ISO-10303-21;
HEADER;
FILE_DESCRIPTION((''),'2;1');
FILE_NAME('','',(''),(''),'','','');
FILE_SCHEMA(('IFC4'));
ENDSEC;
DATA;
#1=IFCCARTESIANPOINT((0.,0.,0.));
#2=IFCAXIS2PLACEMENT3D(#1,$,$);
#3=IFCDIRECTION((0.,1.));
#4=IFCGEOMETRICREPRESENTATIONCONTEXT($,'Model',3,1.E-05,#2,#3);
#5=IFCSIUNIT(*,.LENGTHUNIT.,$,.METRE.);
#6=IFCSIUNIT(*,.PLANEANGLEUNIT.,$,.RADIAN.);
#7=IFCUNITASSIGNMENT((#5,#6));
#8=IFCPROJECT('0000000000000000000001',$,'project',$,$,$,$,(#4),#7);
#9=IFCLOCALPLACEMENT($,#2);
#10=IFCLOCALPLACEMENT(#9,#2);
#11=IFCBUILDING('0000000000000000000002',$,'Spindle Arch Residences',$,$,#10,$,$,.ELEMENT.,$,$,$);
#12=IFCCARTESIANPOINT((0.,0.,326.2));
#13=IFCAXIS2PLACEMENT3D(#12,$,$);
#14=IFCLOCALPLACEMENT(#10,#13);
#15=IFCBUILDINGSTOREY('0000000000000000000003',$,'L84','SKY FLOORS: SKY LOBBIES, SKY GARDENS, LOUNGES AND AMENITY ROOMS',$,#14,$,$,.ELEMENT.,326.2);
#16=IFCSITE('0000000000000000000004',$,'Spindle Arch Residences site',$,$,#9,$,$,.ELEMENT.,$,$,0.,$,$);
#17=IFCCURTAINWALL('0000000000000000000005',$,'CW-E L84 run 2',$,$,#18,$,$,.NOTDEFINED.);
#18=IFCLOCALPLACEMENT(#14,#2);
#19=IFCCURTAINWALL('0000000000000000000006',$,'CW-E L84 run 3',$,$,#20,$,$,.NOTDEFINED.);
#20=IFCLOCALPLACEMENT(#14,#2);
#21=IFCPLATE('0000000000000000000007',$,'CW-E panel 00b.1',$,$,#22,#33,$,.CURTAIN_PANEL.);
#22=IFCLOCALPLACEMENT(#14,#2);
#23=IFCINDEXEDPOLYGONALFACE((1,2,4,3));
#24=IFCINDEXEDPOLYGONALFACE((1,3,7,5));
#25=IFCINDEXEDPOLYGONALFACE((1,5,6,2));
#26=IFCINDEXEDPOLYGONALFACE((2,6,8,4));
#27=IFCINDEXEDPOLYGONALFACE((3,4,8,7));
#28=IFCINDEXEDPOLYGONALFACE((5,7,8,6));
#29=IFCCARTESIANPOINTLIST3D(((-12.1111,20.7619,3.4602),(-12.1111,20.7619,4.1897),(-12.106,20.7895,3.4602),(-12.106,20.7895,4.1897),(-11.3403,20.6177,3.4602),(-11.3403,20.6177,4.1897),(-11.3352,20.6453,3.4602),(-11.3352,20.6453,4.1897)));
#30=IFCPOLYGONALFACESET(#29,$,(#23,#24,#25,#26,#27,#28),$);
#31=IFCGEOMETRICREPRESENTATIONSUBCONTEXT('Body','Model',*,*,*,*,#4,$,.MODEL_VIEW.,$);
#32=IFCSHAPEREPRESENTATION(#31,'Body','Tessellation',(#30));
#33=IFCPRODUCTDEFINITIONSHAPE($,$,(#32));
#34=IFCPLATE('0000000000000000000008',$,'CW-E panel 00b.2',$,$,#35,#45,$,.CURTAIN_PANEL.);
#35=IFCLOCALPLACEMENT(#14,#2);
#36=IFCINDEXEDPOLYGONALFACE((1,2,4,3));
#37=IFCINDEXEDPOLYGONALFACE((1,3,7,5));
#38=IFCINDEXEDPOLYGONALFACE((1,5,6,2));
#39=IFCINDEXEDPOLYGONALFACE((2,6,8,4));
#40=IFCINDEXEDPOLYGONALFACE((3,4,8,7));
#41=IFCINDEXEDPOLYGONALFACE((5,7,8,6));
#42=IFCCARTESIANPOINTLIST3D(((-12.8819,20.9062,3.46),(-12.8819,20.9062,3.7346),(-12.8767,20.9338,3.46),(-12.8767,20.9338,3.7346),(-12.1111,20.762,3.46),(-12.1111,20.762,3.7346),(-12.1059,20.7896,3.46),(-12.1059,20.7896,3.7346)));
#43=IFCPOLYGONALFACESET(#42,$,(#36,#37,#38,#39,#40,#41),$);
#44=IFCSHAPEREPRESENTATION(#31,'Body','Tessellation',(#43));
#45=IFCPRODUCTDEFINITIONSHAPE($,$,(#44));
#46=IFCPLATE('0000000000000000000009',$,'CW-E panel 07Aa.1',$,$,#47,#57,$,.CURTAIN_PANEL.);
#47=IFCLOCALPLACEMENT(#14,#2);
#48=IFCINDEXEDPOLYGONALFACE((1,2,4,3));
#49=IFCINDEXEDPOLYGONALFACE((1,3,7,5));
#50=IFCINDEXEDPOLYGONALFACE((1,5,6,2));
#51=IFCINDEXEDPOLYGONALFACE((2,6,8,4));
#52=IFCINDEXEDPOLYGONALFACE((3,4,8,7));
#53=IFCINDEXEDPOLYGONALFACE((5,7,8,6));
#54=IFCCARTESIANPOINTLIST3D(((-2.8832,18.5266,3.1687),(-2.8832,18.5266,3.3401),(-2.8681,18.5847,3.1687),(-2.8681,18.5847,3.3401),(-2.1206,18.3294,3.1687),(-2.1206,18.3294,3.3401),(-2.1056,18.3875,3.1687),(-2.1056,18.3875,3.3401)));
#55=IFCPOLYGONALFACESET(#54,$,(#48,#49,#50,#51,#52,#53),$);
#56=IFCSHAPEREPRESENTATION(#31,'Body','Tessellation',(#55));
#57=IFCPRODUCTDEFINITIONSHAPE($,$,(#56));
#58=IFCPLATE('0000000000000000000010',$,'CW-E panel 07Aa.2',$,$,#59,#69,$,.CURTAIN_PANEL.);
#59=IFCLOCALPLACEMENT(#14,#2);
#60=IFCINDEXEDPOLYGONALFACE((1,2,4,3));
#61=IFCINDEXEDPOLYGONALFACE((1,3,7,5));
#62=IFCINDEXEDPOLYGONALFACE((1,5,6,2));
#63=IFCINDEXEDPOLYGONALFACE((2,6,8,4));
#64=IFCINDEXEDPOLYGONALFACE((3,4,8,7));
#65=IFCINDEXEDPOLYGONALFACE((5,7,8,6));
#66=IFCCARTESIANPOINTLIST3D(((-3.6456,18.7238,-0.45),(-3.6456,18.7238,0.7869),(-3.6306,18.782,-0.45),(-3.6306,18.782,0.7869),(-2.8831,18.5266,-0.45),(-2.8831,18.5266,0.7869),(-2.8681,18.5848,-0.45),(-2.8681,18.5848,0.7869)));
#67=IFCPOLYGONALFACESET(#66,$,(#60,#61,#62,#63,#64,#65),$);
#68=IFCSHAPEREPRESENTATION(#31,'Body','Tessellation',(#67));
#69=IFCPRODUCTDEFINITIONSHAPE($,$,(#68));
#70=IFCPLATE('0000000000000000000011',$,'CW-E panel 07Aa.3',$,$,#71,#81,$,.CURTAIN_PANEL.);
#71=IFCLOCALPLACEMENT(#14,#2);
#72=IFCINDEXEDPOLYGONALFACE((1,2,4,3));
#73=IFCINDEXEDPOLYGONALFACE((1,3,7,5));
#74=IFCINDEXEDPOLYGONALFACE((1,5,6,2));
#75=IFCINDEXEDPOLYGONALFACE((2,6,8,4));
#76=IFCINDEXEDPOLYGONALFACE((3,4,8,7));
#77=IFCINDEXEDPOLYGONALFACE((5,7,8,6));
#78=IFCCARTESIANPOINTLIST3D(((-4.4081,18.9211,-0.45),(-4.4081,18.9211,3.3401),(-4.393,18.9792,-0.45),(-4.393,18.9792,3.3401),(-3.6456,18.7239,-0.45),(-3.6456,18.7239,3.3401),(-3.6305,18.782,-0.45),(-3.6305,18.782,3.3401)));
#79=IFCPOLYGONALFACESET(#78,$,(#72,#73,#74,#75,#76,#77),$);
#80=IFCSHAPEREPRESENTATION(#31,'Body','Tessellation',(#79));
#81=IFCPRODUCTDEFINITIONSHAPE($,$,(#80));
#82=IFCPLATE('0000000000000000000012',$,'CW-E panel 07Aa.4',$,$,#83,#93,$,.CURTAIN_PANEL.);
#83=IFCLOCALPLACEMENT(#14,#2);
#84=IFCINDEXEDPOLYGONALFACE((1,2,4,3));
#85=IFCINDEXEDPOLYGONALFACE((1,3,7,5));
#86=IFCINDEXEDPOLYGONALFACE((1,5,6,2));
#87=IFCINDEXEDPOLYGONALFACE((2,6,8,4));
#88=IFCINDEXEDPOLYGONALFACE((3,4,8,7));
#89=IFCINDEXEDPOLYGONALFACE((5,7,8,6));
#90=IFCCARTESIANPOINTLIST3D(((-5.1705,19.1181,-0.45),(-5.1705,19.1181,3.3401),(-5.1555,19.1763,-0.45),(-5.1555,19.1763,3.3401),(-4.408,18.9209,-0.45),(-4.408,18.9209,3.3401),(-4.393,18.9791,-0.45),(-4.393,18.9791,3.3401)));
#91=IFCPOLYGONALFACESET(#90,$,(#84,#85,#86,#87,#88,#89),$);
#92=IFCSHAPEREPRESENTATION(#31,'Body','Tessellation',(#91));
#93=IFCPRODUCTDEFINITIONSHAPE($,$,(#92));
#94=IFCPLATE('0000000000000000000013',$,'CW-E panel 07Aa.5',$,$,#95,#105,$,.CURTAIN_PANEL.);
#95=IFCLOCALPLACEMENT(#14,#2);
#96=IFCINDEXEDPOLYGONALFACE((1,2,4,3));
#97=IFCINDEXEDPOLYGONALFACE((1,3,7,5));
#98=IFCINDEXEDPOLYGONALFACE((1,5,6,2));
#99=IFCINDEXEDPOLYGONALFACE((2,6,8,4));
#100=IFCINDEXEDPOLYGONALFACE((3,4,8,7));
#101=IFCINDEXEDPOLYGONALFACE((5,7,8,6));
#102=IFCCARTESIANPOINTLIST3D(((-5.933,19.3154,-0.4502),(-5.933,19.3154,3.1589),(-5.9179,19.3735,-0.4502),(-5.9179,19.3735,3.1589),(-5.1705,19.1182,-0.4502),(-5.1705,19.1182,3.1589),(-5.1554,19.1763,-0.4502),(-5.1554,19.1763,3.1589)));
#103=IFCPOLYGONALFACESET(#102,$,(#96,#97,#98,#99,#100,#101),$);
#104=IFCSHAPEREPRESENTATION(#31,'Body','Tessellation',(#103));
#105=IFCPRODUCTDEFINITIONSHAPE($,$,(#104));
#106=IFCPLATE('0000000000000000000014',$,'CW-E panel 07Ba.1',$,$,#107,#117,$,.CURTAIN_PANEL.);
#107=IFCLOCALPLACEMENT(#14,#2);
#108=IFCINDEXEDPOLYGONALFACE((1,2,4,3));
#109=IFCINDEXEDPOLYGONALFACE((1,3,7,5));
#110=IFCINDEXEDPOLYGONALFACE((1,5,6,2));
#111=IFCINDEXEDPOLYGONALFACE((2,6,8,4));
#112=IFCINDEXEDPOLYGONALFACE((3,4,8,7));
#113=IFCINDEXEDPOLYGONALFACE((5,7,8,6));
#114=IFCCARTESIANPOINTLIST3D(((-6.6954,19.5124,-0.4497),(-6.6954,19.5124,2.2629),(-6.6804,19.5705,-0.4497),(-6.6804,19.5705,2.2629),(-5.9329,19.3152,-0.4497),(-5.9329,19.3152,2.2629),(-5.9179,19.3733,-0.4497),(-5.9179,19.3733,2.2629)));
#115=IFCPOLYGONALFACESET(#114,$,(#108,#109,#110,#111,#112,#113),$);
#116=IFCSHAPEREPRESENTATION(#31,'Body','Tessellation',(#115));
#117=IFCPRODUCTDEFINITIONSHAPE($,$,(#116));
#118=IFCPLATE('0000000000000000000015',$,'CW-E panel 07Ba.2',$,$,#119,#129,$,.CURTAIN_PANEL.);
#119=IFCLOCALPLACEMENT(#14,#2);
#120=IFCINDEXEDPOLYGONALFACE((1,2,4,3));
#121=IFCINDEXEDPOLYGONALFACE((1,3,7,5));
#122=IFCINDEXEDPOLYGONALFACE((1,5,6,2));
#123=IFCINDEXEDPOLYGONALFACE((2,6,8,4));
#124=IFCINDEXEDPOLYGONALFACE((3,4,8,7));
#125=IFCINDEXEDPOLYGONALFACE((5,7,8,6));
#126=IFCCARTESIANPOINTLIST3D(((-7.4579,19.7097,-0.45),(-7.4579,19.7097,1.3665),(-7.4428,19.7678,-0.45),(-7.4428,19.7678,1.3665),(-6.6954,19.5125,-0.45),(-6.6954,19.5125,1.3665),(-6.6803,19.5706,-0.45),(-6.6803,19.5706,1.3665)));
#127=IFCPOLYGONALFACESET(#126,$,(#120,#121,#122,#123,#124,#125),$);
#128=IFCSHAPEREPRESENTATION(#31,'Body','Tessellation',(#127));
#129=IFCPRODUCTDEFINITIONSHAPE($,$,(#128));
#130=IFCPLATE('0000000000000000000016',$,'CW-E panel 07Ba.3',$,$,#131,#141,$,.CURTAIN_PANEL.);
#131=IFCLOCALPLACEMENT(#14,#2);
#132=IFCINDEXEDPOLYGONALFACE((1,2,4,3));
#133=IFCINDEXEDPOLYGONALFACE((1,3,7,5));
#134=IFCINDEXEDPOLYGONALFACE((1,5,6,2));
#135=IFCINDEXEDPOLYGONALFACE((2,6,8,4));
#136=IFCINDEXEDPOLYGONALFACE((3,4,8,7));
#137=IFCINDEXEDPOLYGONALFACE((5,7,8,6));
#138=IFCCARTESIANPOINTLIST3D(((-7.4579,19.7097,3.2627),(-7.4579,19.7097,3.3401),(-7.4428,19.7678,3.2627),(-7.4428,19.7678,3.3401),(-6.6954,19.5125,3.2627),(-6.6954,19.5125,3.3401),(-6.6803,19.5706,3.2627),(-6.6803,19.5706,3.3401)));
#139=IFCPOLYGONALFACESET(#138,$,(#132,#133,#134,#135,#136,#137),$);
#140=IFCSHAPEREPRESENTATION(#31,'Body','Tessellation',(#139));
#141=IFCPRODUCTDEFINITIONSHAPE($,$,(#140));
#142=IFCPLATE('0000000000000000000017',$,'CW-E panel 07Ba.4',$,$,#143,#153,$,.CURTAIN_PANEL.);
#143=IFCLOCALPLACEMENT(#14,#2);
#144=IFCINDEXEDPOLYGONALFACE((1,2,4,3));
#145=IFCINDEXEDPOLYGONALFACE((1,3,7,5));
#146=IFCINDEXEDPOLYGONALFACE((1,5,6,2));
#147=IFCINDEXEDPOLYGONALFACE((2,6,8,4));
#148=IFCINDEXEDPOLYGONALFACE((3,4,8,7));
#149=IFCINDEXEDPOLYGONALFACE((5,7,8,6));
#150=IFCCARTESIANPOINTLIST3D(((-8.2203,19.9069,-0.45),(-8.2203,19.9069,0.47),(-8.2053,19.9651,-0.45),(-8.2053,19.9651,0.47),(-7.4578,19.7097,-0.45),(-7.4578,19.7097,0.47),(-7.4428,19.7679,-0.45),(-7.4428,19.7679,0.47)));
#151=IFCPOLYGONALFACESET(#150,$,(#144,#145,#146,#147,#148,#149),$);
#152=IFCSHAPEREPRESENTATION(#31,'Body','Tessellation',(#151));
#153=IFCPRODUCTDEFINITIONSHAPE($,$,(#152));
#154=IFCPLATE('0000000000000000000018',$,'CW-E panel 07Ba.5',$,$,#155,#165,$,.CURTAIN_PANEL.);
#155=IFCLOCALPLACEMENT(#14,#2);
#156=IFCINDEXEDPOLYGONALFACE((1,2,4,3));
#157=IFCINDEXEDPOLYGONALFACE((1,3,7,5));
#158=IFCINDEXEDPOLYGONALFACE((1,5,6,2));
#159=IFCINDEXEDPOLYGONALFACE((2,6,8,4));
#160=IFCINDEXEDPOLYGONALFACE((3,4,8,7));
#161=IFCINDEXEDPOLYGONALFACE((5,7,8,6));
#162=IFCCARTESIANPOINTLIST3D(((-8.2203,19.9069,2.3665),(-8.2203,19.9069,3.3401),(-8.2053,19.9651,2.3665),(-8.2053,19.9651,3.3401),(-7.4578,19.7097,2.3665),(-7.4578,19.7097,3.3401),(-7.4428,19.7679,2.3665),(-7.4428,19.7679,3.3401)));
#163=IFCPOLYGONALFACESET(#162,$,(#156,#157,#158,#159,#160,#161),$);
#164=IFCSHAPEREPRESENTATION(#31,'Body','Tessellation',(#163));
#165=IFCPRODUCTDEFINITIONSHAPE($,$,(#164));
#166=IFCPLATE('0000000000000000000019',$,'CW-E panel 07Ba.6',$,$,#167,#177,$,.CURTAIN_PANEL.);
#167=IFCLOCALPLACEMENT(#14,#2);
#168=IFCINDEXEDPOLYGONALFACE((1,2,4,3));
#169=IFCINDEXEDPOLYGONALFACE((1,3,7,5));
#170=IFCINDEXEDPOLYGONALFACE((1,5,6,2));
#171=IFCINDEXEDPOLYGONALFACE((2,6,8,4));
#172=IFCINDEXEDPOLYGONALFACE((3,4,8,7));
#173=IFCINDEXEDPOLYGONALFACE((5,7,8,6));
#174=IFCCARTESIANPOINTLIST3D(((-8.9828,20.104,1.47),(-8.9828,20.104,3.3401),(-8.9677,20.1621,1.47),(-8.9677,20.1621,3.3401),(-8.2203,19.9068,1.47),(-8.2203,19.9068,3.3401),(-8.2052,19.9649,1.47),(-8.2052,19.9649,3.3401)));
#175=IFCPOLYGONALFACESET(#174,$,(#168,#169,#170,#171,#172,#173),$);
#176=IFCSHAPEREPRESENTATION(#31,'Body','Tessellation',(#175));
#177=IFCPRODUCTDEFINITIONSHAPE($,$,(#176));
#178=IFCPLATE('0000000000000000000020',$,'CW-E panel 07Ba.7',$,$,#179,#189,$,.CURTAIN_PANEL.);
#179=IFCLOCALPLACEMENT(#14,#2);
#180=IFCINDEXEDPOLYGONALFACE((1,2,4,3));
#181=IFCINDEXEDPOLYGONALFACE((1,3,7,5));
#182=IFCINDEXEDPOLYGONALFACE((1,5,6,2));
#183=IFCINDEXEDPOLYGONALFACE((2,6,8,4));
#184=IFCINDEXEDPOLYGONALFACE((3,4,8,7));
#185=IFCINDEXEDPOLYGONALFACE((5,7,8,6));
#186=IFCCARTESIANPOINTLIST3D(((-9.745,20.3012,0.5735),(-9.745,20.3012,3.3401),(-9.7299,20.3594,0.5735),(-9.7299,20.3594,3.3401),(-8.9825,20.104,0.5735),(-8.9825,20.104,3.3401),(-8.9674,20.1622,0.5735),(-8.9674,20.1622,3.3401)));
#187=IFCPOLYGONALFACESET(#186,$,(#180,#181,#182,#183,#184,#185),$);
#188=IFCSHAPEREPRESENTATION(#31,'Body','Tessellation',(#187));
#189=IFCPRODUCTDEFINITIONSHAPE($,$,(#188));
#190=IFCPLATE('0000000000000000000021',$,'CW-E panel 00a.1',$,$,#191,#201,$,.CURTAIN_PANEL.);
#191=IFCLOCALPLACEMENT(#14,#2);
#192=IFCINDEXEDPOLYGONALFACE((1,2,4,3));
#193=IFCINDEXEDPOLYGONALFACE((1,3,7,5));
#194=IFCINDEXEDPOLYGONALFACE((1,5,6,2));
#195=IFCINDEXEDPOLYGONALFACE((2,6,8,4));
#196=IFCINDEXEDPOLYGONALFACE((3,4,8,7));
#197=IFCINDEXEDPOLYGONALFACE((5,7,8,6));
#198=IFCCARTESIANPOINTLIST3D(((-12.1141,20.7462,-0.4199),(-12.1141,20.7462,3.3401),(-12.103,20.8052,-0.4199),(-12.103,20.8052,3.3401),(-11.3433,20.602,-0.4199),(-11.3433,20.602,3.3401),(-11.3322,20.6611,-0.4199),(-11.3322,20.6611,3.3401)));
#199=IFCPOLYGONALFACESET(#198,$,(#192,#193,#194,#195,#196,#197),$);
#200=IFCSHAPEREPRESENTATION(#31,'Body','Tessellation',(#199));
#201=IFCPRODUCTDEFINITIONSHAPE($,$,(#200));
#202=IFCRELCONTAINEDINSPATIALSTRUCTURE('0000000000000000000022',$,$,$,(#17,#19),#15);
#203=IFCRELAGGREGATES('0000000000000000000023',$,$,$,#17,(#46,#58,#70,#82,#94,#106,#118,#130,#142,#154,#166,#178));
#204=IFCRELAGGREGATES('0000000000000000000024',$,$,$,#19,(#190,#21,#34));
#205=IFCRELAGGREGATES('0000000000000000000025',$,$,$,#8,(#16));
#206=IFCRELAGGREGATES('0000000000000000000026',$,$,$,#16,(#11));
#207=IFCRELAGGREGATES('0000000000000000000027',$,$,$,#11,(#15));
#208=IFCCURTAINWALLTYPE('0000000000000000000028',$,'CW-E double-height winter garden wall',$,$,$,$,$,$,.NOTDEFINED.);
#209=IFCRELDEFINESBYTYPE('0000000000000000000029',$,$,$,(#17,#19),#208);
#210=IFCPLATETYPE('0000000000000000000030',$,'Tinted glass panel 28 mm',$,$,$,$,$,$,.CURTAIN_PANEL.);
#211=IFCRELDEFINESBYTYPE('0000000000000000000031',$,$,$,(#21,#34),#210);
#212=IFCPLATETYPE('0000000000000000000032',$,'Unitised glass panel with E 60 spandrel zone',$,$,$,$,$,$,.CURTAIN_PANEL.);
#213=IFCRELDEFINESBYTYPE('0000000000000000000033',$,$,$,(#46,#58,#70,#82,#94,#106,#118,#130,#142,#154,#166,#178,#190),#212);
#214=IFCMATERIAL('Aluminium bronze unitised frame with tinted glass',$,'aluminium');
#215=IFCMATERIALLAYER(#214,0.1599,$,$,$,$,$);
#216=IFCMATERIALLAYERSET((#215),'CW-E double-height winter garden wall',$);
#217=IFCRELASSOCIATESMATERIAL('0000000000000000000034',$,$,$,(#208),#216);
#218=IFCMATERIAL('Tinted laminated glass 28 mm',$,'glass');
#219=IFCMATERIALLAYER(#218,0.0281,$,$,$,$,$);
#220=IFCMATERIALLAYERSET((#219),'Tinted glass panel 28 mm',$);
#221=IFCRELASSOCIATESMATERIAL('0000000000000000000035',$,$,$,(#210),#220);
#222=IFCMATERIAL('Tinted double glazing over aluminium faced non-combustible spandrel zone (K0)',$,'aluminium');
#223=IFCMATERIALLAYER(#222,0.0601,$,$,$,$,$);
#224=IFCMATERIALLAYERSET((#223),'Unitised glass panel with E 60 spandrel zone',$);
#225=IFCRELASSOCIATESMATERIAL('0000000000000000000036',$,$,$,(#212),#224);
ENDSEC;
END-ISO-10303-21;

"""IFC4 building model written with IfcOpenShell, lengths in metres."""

from ifc_helpers import new_model, si_unit, direction, frame, origin, origin_2d, place, context, subcontext, project, spatial, rectangle, extrude, material, layer, layer_set, type_object, element, aggregate, save


model = new_model("IFC4")

# Units and contexts
model_context = context("Model", 3, precision=1e-05, world=origin(), true_north=direction((0.0, 1.0)))
body_context = subcontext(model_context, "Body", "Model", "MODEL_VIEW")
ifc_project = project(units=[si_unit("LENGTHUNIT", "METRE"), si_unit("PLANEANGLEUNIT", "RADIAN")], contexts=[model_context])

# Site, building, storey
site_placement = place(None, origin())
site = spatial("IfcSite", under=ifc_project, at=site_placement, Name="Spindle Arch Residences site", CompositionType="ELEMENT", RefElevation=0.0)
building_placement = place(site_placement, origin())
building = spatial("IfcBuilding", under=site, at=building_placement, Name="Spindle Arch Residences", CompositionType="ELEMENT")
storey_placement = place(building_placement, frame((0.0, 0.0, 326.2)))
storey = spatial("IfcBuildingStorey", under=building, at=storey_placement, Name="L84", Description="SKY FLOORS: SKY LOBBIES, SKY GARDENS, LOUNGES AND AMENITY ROOMS", CompositionType="ELEMENT", Elevation=326.2)

# Curtain walls
ifc_material_1 = material(Name="Aluminium bronze unitised frame with tinted glass", Category="aluminium")
ifc_layer_1 = layer(ifc_material_1, 0.1599)
ifc_layer_set_1 = layer_set([ifc_layer_1], Name="CW-E double-height winter garden wall")
curtain_wall_type = type_object("IfcCurtainWallType", Name="CW-E double-height winter garden wall", PredefinedType="NOTDEFINED", material=ifc_layer_set_1)
curtain_wall_1_placement = place(storey_placement, origin())
curtain_wall_1 = element("IfcCurtainWall", 1, at=curtain_wall_1_placement, inside=storey, type_object=curtain_wall_type, Name="CW-E L84 run 2", PredefinedType="NOTDEFINED")
curtain_wall_2_placement = place(storey_placement, origin())
curtain_wall_2 = element("IfcCurtainWall", 2, at=curtain_wall_2_placement, inside=storey, type_object=curtain_wall_type, Name="CW-E L84 run 3", PredefinedType="NOTDEFINED")

# Plates
ifc_material_2 = material(Name="Tinted laminated glass 28 mm", Category="glass")
ifc_layer_2 = layer(ifc_material_2, 0.0281)
ifc_layer_set_2 = layer_set([ifc_layer_2], Name="Tinted glass panel 28 mm")
plate_type_1 = type_object("IfcPlateType", Name="Tinted glass panel 28 mm", PredefinedType="CURTAIN_PANEL", material=ifc_layer_set_2)
plate_1_placement = place(storey_placement, frame((-11.7231, 20.7036, 3.4602), z_axis=(0.0, 0.0, 1.0), x_axis=(-0.982957, 0.183837, 0.0)))
plate_1 = element("IfcPlate", 3, at=plate_1_placement, type_object=plate_type_1, Name="CW-E panel 00b.1", PredefinedType="CURTAIN_PANEL", context=body_context, shape_type="SweptSolid", body=[
    extrude(rectangle(XDim=0.7842, YDim=0.0281, at=origin_2d()), origin(), (0.0, 0.0, 1.0), 0.7295),
])
plate_2_placement = place(storey_placement, frame((-12.4939, 20.8479, 3.46), z_axis=(0.0, 0.0, 1.0), x_axis=(-0.982957, 0.183837, 0.0)))
plate_2 = element("IfcPlate", 4, at=plate_2_placement, type_object=plate_type_1, Name="CW-E panel 00b.2", PredefinedType="CURTAIN_PANEL", context=body_context, shape_type="SweptSolid", body=[
    extrude(rectangle(XDim=0.7842, YDim=0.0281, at=origin_2d()), origin(), (0.0, 0.0, 1.0), 0.2747),
])
ifc_material_3 = material(Name="Tinted double glazing over aluminium faced non-combustible spandrel zone (K0)", Category="aluminium")
ifc_layer_3 = layer(ifc_material_3, 0.0601)
ifc_layer_set_3 = layer_set([ifc_layer_3], Name="Unitised glass panel with E 60 spandrel zone")
plate_type_2 = type_object("IfcPlateType", Name="Unitised glass panel with E 60 spandrel zone", PredefinedType="CURTAIN_PANEL", material=ifc_layer_set_3)
plate_3_placement = place(storey_placement, frame((-2.4944, 18.457, 3.1687), z_axis=(0.0, 0.0, 1.0), x_axis=(-0.968148, 0.25038, 0.0)))
plate_3 = element("IfcPlate", 5, at=plate_3_placement, type_object=plate_type_2, Name="CW-E panel 07Aa.1", PredefinedType="CURTAIN_PANEL", context=body_context, shape_type="SweptSolid", body=[
    extrude(rectangle(XDim=0.7876, YDim=0.0601, at=origin_2d()), origin(), (0.0, 0.0, 1.0), 0.1714),
])
plate_4_placement = place(storey_placement, frame((-3.2568, 18.6543, -0.45), z_axis=(0.0, 0.0, 1.0), x_axis=(-0.968148, 0.25038, 0.0)))
plate_4 = element("IfcPlate", 6, at=plate_4_placement, type_object=plate_type_2, Name="CW-E panel 07Aa.2", PredefinedType="CURTAIN_PANEL", context=body_context, shape_type="SweptSolid", body=[
    extrude(rectangle(XDim=0.7876, YDim=0.0601, at=origin_2d()), origin(), (0.0, 0.0, 1.0), 1.2368),
])
plate_5_placement = place(storey_placement, frame((-4.0193, 18.8516, -0.45), z_axis=(0.0, 0.0, 1.0), x_axis=(-0.968148, 0.25038, 0.0)))
plate_5 = element("IfcPlate", 7, at=plate_5_placement, type_object=plate_type_2, Name="CW-E panel 07Aa.3", PredefinedType="CURTAIN_PANEL", context=body_context, shape_type="SweptSolid", body=[
    extrude(rectangle(XDim=0.7876, YDim=0.0601, at=origin_2d()), origin(), (0.0, 0.0, 1.0), 3.79),
])
plate_6_placement = place(storey_placement, frame((-4.7817, 19.0486, -0.45), z_axis=(0.0, 0.0, 1.0), x_axis=(-0.968148, 0.25038, 0.0)))
plate_6 = element("IfcPlate", 8, at=plate_6_placement, type_object=plate_type_2, Name="CW-E panel 07Aa.4", PredefinedType="CURTAIN_PANEL", context=body_context, shape_type="SweptSolid", body=[
    extrude(rectangle(XDim=0.7876, YDim=0.0601, at=origin_2d()), origin(), (0.0, 0.0, 1.0), 3.79),
])
plate_7_placement = place(storey_placement, frame((-5.5442, 19.2458, -0.4502), z_axis=(0.0, 0.0, 1.0), x_axis=(-0.968148, 0.25038, 0.0)))
plate_7 = element("IfcPlate", 9, at=plate_7_placement, type_object=plate_type_2, Name="CW-E panel 07Aa.5", PredefinedType="CURTAIN_PANEL", context=body_context, shape_type="SweptSolid", body=[
    extrude(rectangle(XDim=0.7876, YDim=0.0601, at=origin_2d()), origin(), (0.0, 0.0, 1.0), 3.6091),
])
plate_8_placement = place(storey_placement, frame((-6.3066, 19.4429, -0.4497), z_axis=(0.0, 0.0, 1.0), x_axis=(-0.968148, 0.25038, 0.0)))
plate_8 = element("IfcPlate", 10, at=plate_8_placement, type_object=plate_type_2, Name="CW-E panel 07Ba.1", PredefinedType="CURTAIN_PANEL", context=body_context, shape_type="SweptSolid", body=[
    extrude(rectangle(XDim=0.7876, YDim=0.0601, at=origin_2d()), origin(), (0.0, 0.0, 1.0), 2.7126),
])
plate_9_placement = place(storey_placement, frame((-7.0691, 19.6401, -0.45), z_axis=(0.0, 0.0, 1.0), x_axis=(-0.968148, 0.25038, 0.0)))
plate_9 = element("IfcPlate", 11, at=plate_9_placement, type_object=plate_type_2, Name="CW-E panel 07Ba.2", PredefinedType="CURTAIN_PANEL", context=body_context, shape_type="SweptSolid", body=[
    extrude(rectangle(XDim=0.7876, YDim=0.0601, at=origin_2d()), origin(), (0.0, 0.0, 1.0), 1.8164),
])
plate_10_placement = place(storey_placement, frame((-7.0691, 19.6401, 3.2627), z_axis=(0.0, 0.0, 1.0), x_axis=(-0.968148, 0.25038, 0.0)))
plate_10 = element("IfcPlate", 12, at=plate_10_placement, type_object=plate_type_2, Name="CW-E panel 07Ba.3", PredefinedType="CURTAIN_PANEL", context=body_context, shape_type="SweptSolid", body=[
    extrude(rectangle(XDim=0.7876, YDim=0.0601, at=origin_2d()), origin(), (0.0, 0.0, 1.0), 0.0774),
])
plate_11_placement = place(storey_placement, frame((-7.8315, 19.8374, -0.45), z_axis=(0.0, 0.0, 1.0), x_axis=(-0.968148, 0.25038, 0.0)))
plate_11 = element("IfcPlate", 13, at=plate_11_placement, type_object=plate_type_2, Name="CW-E panel 07Ba.4", PredefinedType="CURTAIN_PANEL", context=body_context, shape_type="SweptSolid", body=[
    extrude(rectangle(XDim=0.7876, YDim=0.0601, at=origin_2d()), origin(), (0.0, 0.0, 1.0), 0.9199),
])
plate_12_placement = place(storey_placement, frame((-7.8315, 19.8374, 2.3665), z_axis=(0.0, 0.0, 1.0), x_axis=(-0.968148, 0.25038, 0.0)))
plate_12 = element("IfcPlate", 14, at=plate_12_placement, type_object=plate_type_2, Name="CW-E panel 07Ba.5", PredefinedType="CURTAIN_PANEL", context=body_context, shape_type="SweptSolid", body=[
    extrude(rectangle(XDim=0.7876, YDim=0.0601, at=origin_2d()), origin(), (0.0, 0.0, 1.0), 0.9736),
])
plate_13_placement = place(storey_placement, frame((-8.594, 20.0344, 1.47), z_axis=(0.0, 0.0, 1.0), x_axis=(-0.968148, 0.25038, 0.0)))
plate_13 = element("IfcPlate", 15, at=plate_13_placement, type_object=plate_type_2, Name="CW-E panel 07Ba.6", PredefinedType="CURTAIN_PANEL", context=body_context, shape_type="SweptSolid", body=[
    extrude(rectangle(XDim=0.7876, YDim=0.0601, at=origin_2d()), origin(), (0.0, 0.0, 1.0), 1.8701),
])
plate_14_placement = place(storey_placement, frame((-9.3562, 20.2317, 0.5735), z_axis=(0.0, 0.0, 1.0), x_axis=(-0.968148, 0.25038, 0.0)))
plate_14 = element("IfcPlate", 16, at=plate_14_placement, type_object=plate_type_2, Name="CW-E panel 07Ba.7", PredefinedType="CURTAIN_PANEL", context=body_context, shape_type="SweptSolid", body=[
    extrude(rectangle(XDim=0.7876, YDim=0.0601, at=origin_2d()), origin(), (0.0, 0.0, 1.0), 2.7666),
])
aggregate(curtain_wall_1, [plate_3, plate_4, plate_5, plate_6, plate_7, plate_8, plate_9, plate_10, plate_11, plate_12, plate_13, plate_14])
plate_15_placement = place(storey_placement, frame((-11.7231, 20.7036, -0.4199), z_axis=(0.0, 0.0, 1.0), x_axis=(-0.982957, 0.183837, 0.0)))
plate_15 = element("IfcPlate", 17, at=plate_15_placement, type_object=plate_type_2, Name="CW-E panel 00a.1", PredefinedType="CURTAIN_PANEL", context=body_context, shape_type="SweptSolid", body=[
    extrude(rectangle(XDim=0.7842, YDim=0.0601, at=origin_2d()), origin(), (0.0, 0.0, 1.0), 3.76),
])
aggregate(curtain_wall_2, [plate_15, plate_1, plate_2])

save(model, "model.ifc")
